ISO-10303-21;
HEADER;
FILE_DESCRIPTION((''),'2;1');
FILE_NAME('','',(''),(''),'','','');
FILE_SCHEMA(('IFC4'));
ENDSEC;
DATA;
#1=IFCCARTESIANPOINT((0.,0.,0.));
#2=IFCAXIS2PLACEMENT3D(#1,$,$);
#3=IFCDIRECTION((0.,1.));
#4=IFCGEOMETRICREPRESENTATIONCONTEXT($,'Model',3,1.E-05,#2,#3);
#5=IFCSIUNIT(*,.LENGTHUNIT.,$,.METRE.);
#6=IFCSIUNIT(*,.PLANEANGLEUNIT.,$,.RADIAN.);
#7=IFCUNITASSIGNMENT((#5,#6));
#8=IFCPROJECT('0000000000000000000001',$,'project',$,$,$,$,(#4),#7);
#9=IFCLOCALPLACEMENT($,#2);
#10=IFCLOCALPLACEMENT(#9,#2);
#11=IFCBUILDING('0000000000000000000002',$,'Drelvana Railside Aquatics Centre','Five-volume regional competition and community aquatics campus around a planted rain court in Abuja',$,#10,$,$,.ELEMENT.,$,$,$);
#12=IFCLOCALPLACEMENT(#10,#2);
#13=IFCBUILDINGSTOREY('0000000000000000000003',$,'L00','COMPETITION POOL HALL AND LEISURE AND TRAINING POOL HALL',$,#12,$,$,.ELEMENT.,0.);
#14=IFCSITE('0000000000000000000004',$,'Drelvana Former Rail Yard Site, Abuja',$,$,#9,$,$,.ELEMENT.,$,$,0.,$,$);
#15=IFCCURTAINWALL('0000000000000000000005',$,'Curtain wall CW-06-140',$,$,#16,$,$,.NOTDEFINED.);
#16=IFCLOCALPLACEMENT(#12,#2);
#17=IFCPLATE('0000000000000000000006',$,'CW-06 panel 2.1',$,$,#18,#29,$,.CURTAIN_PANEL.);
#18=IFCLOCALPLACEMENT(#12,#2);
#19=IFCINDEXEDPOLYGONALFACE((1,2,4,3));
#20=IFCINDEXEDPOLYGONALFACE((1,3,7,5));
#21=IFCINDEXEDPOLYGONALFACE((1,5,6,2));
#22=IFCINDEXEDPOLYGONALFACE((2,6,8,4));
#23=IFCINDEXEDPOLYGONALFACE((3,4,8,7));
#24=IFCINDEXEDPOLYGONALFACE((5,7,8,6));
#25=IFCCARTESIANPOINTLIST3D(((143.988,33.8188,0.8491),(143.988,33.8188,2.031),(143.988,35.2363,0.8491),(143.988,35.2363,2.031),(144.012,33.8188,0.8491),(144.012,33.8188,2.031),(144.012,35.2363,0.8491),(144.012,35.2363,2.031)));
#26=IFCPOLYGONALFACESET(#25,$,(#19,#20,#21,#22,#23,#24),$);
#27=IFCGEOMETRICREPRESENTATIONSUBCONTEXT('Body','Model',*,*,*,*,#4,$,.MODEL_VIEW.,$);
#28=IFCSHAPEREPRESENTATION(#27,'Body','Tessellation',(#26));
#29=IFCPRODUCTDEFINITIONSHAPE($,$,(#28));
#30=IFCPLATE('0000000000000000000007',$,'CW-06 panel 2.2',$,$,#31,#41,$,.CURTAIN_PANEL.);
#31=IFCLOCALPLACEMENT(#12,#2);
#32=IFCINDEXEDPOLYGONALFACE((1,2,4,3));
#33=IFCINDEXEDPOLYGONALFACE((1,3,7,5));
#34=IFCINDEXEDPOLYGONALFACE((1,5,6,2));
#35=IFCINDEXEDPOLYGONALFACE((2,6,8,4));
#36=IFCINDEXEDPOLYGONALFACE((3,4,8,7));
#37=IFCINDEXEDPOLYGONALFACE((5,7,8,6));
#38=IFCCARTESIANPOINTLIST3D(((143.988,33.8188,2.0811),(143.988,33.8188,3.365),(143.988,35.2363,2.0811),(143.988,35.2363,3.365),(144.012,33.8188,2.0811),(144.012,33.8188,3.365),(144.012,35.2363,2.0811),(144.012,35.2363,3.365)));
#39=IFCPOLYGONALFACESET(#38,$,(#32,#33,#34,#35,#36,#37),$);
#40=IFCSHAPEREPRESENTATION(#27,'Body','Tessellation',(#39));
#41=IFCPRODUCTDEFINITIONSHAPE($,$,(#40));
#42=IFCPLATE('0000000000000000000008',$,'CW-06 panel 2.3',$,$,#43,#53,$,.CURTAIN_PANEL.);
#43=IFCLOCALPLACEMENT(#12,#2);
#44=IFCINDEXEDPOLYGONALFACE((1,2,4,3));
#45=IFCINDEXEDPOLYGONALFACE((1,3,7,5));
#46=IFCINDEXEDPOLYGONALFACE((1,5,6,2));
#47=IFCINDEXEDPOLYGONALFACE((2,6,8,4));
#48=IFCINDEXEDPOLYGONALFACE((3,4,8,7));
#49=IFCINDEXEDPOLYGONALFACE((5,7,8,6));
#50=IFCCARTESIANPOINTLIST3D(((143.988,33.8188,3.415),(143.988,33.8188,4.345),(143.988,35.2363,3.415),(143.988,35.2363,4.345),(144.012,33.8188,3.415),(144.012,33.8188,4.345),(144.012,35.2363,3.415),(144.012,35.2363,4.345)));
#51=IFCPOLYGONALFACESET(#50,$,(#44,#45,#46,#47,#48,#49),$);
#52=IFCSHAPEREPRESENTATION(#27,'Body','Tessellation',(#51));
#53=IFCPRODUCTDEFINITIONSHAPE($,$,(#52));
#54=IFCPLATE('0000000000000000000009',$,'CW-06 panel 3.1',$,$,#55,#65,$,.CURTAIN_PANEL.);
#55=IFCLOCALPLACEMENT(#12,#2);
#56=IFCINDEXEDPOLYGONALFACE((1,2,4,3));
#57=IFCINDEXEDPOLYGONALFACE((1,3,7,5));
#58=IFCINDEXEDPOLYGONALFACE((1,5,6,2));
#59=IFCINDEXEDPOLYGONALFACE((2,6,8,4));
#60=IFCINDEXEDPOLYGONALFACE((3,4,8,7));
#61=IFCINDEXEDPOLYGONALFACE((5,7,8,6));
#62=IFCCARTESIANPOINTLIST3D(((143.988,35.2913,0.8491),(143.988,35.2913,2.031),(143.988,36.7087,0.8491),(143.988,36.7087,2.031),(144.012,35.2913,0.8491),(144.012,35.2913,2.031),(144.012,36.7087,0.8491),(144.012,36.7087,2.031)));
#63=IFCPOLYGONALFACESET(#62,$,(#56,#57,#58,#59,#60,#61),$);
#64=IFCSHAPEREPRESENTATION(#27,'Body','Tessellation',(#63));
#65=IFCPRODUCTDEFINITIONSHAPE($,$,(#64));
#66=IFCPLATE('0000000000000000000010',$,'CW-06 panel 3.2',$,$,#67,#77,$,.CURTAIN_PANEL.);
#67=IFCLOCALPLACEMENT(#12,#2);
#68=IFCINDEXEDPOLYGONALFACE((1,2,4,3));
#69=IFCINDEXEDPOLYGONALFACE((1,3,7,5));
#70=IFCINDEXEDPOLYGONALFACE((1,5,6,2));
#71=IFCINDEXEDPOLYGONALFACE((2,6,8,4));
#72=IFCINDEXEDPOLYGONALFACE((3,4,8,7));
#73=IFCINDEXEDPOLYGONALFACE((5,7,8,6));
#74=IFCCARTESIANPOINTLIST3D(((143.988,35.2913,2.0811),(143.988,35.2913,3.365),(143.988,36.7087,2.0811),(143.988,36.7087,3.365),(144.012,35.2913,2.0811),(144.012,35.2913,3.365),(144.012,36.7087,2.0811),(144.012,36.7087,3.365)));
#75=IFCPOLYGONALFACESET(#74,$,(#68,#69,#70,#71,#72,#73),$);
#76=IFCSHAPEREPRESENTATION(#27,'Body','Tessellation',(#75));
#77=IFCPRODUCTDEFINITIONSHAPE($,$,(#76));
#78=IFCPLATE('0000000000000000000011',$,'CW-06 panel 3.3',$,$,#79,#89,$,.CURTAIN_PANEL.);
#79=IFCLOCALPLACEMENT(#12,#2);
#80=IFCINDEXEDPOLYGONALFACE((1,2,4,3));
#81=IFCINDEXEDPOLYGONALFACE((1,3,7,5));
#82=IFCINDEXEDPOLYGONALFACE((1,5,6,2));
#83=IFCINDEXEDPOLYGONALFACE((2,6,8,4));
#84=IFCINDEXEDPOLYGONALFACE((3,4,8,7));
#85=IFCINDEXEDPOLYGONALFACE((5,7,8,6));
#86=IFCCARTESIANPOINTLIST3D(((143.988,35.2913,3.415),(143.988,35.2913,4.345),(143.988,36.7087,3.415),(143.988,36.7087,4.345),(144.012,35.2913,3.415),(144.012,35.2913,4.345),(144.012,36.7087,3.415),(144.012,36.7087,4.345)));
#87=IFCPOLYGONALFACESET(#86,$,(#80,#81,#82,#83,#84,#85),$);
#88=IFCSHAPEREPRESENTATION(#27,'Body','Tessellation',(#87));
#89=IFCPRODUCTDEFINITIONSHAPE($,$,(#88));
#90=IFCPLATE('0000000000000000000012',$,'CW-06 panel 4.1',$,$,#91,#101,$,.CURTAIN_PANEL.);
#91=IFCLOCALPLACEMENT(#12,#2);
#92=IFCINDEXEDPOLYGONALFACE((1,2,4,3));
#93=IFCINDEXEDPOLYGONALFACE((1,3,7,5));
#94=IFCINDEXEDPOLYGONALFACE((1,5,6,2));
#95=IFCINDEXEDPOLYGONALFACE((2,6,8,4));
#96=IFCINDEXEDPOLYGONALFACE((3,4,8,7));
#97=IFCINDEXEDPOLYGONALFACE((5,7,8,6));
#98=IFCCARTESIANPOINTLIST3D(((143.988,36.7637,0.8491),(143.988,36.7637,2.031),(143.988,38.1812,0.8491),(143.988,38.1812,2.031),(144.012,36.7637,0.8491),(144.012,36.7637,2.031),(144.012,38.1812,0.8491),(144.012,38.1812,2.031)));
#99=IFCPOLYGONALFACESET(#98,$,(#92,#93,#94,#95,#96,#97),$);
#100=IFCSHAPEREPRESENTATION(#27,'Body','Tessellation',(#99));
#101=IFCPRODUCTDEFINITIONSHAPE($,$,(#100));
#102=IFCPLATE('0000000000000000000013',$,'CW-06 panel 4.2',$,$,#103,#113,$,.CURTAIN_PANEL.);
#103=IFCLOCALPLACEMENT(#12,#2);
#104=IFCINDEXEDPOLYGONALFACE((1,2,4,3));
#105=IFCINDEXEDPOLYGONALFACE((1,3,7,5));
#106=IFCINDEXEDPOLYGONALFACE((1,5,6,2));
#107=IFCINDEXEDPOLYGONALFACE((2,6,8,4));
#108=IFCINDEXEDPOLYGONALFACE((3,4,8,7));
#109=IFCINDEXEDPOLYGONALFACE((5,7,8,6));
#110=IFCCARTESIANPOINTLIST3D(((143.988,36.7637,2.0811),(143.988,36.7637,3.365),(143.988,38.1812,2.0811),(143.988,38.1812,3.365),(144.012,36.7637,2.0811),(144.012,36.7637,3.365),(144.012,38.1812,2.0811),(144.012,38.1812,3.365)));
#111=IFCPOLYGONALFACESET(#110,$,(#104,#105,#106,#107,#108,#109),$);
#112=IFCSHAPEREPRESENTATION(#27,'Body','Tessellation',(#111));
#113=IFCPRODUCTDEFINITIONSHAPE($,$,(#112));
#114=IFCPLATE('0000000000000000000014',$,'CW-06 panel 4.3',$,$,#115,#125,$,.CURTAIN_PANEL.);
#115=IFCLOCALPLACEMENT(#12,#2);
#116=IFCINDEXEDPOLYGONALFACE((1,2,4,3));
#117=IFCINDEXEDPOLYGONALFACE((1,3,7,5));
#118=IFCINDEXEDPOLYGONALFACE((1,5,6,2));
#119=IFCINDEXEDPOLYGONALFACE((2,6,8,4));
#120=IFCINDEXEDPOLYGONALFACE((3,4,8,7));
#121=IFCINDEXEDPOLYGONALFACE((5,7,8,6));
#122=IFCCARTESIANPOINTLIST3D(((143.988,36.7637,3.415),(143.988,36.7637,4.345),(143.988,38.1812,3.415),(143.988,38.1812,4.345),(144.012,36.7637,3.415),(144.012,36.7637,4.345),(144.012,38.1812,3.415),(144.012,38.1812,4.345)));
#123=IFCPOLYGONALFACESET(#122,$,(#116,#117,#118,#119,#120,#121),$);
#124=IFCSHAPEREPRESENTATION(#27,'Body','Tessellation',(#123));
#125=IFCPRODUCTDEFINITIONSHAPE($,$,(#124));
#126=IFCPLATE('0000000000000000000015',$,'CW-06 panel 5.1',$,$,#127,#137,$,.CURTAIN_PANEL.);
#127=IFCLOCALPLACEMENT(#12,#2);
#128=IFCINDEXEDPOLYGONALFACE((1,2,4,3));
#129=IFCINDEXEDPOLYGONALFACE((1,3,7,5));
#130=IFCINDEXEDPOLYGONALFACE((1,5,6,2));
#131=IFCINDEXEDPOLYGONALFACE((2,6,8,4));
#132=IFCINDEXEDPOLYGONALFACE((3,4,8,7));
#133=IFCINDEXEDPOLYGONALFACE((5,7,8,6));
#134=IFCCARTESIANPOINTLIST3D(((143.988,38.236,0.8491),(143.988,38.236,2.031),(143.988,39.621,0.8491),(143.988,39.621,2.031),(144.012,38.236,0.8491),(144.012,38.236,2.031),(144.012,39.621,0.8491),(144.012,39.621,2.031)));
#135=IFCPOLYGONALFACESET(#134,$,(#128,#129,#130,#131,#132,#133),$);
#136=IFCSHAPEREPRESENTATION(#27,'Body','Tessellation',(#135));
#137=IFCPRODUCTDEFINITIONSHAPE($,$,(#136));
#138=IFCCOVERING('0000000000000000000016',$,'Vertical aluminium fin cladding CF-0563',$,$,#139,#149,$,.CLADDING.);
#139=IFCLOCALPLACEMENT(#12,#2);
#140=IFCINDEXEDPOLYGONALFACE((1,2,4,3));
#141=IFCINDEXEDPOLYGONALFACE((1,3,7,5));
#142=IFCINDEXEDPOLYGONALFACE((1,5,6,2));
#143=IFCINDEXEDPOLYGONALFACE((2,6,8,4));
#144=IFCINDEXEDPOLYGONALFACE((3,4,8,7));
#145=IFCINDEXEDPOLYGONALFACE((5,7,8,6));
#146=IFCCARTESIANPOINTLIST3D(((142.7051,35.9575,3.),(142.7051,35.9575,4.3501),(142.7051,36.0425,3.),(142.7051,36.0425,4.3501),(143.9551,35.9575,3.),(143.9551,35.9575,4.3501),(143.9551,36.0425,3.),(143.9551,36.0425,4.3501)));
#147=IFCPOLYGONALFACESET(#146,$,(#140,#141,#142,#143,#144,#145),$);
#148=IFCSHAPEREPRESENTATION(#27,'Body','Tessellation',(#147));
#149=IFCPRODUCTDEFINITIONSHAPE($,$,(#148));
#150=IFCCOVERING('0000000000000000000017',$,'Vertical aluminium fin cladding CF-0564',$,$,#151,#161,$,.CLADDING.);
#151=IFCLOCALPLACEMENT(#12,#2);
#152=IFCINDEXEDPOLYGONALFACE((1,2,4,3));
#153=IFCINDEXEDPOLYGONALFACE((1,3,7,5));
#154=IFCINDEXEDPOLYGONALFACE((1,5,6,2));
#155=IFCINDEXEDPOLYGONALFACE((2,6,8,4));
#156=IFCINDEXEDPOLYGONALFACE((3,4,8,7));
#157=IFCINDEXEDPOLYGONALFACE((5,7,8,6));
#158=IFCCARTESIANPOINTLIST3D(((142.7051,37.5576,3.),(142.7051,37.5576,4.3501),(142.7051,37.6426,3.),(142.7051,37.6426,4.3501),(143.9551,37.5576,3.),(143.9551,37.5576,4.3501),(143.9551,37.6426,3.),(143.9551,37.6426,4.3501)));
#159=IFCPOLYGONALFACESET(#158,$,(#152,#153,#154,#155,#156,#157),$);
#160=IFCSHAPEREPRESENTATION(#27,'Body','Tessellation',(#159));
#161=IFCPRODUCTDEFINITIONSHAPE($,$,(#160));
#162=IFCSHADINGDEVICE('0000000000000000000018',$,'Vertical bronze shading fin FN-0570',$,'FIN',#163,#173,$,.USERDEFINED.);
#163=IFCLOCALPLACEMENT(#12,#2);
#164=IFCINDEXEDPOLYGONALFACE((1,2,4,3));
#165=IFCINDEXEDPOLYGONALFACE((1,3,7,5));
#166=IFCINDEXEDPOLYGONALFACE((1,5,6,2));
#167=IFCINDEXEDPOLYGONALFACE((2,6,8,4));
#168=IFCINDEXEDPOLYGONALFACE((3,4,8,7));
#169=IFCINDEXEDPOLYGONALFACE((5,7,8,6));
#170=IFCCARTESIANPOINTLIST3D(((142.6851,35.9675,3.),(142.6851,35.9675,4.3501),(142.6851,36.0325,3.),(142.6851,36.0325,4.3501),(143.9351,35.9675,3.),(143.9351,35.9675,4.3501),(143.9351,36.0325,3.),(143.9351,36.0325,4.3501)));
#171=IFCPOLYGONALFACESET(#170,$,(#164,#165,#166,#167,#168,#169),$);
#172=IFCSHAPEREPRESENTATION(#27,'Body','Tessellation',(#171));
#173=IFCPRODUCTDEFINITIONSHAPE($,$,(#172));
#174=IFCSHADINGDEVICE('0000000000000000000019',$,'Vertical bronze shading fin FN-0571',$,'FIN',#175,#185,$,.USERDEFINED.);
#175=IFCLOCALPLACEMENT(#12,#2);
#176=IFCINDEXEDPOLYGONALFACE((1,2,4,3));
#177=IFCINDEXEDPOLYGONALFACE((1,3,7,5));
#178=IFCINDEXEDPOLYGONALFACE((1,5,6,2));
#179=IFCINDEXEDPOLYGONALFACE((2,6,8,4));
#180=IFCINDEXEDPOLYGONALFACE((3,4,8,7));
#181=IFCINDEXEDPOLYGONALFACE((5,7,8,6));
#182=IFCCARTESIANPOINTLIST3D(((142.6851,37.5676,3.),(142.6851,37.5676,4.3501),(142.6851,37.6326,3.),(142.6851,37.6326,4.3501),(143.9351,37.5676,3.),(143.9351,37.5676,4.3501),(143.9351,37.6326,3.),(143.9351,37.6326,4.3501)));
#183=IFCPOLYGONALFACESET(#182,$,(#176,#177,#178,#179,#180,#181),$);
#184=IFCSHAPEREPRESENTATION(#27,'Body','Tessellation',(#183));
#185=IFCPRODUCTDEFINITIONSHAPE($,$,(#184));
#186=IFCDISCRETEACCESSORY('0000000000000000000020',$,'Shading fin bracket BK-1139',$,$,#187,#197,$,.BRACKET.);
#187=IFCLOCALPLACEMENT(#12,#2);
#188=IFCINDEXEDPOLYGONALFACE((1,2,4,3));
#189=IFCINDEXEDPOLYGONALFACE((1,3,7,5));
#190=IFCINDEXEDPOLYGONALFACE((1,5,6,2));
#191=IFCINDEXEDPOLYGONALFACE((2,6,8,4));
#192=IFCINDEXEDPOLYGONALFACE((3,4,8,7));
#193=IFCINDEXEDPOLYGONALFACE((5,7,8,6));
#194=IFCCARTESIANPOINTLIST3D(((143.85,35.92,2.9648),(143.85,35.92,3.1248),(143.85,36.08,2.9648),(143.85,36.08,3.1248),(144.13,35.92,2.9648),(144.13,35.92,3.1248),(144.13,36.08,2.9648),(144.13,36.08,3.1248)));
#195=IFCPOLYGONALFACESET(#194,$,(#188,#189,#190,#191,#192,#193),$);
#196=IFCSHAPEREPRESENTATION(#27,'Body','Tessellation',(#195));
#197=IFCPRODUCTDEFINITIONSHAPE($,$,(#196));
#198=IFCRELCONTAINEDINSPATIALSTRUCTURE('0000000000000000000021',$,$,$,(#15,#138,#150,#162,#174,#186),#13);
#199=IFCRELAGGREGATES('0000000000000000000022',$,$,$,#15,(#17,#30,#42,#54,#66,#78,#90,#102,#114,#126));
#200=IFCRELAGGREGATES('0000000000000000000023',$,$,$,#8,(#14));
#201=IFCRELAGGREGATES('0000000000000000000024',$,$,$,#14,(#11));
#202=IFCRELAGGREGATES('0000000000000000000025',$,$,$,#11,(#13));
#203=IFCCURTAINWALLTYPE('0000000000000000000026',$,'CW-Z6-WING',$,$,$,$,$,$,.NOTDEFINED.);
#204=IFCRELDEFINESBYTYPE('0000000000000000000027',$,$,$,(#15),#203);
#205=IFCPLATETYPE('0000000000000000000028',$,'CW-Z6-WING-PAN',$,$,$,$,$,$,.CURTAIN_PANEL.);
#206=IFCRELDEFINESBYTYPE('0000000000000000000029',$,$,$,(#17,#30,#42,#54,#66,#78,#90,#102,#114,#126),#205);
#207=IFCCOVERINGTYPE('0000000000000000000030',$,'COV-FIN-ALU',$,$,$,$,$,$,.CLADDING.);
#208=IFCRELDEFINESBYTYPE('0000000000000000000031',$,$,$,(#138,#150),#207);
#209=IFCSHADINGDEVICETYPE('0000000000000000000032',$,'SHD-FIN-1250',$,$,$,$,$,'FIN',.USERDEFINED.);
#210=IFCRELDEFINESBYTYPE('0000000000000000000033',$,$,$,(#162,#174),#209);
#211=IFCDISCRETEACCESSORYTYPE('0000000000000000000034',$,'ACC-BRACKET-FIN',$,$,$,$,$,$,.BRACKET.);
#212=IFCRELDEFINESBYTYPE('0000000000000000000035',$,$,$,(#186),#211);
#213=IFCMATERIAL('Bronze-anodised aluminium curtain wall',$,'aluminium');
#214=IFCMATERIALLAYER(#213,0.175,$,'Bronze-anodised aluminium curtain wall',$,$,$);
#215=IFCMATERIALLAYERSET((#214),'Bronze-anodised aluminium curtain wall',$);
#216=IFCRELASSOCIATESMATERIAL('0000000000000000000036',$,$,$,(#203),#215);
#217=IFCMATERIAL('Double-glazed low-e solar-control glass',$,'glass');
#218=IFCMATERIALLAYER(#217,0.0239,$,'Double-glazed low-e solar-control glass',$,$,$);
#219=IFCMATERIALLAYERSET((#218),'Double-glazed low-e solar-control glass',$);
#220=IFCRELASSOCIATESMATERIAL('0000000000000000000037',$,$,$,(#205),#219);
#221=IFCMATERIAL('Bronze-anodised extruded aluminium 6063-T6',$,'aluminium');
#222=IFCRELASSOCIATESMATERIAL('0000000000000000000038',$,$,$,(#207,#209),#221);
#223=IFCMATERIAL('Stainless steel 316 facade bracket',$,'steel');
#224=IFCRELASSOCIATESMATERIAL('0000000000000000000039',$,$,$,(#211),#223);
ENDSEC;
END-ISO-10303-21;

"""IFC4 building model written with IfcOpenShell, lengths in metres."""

from ifc_helpers import new_model, si_unit, direction, frame, origin, origin_2d, place, context, subcontext, project, spatial, rectangle, extrude, material, layer, layer_set, type_object, element, aggregate, save


model = new_model("IFC4")

# Units and contexts
model_context = context("Model", 3, precision=1e-05, world=origin(), true_north=direction((0.0, 1.0)))
body_context = subcontext(model_context, "Body", "Model", "MODEL_VIEW")
ifc_project = project(units=[si_unit("LENGTHUNIT", "METRE"), si_unit("PLANEANGLEUNIT", "RADIAN")], contexts=[model_context])

# Site, building, storey
site_placement = place(None, origin())
site = spatial("IfcSite", under=ifc_project, at=site_placement, Name="Drelvana Former Rail Yard Site, Abuja", CompositionType="ELEMENT", RefElevation=0.0)
building_placement = place(site_placement, origin())
building = spatial("IfcBuilding", under=site, at=building_placement, Name="Drelvana Railside Aquatics Centre", Description="Five-volume regional competition and community aquatics campus around a planted rain court in Abuja", CompositionType="ELEMENT")
storey_placement = place(building_placement, origin())
storey = spatial("IfcBuildingStorey", under=building, at=storey_placement, Name="L00", Description="COMPETITION POOL HALL AND LEISURE AND TRAINING POOL HALL", CompositionType="ELEMENT", Elevation=0.0)

# Curtain wall, plates
ifc_material_1 = material(Name="Bronze-anodised aluminium curtain wall", Category="aluminium")
ifc_layer_1 = layer(ifc_material_1, 0.175, Name="Bronze-anodised aluminium curtain wall")
ifc_layer_set_1 = layer_set([ifc_layer_1], Name="Bronze-anodised aluminium curtain wall")
curtain_wall_type = type_object("IfcCurtainWallType", Name="CW-Z6-WING", PredefinedType="NOTDEFINED", material=ifc_layer_set_1)
curtain_wall_placement = place(storey_placement, origin())
curtain_wall = element("IfcCurtainWall", 1, at=curtain_wall_placement, inside=storey, type_object=curtain_wall_type, Name="Curtain wall CW-06-140", PredefinedType="NOTDEFINED")
ifc_material_2 = material(Name="Double-glazed low-e solar-control glass", Category="glass")
ifc_layer_2 = layer(ifc_material_2, 0.0239, Name="Double-glazed low-e solar-control glass")
ifc_layer_set_2 = layer_set([ifc_layer_2], Name="Double-glazed low-e solar-control glass")
plate_type = type_object("IfcPlateType", Name="CW-Z6-WING-PAN", PredefinedType="CURTAIN_PANEL", material=ifc_layer_set_2)
plate_1_placement = place(storey_placement, frame((144.0, 34.5276, 0.8491), z_axis=(0.0, 0.0, 1.0), x_axis=(0.0, 1.0, 0.0)))
plate_1 = element("IfcPlate", 2, at=plate_1_placement, type_object=plate_type, Name="CW-06 panel 2.1", PredefinedType="CURTAIN_PANEL", context=body_context, shape_type="SweptSolid", body=[
    extrude(rectangle(XDim=1.4175, YDim=0.0239, at=origin_2d()), origin(), (0.0, 0.0, 1.0), 1.1819),
])
plate_2_placement = place(storey_placement, frame((144.0, 34.5276, 2.0811), z_axis=(0.0, 0.0, 1.0), x_axis=(0.0, 1.0, 0.0)))
plate_2 = element("IfcPlate", 3, at=plate_2_placement, type_object=plate_type, Name="CW-06 panel 2.2", PredefinedType="CURTAIN_PANEL", context=body_context, shape_type="SweptSolid", body=[
    extrude(rectangle(XDim=1.4175, YDim=0.0239, at=origin_2d()), origin(), (0.0, 0.0, 1.0), 1.2839),
])
plate_3_placement = place(storey_placement, frame((144.0, 34.5276, 3.415), z_axis=(0.0, 0.0, 1.0), x_axis=(0.0, 1.0, 0.0)))
plate_3 = element("IfcPlate", 4, at=plate_3_placement, type_object=plate_type, Name="CW-06 panel 2.3", PredefinedType="CURTAIN_PANEL", context=body_context, shape_type="SweptSolid", body=[
    extrude(rectangle(XDim=1.4175, YDim=0.0239, at=origin_2d()), origin(), (0.0, 0.0, 1.0), 0.9299),
])
plate_4_placement = place(storey_placement, frame((144.0, 36.0, 0.8491), z_axis=(0.0, 0.0, 1.0), x_axis=(0.0, 1.0, 0.0)))
plate_4 = element("IfcPlate", 5, at=plate_4_placement, type_object=plate_type, Name="CW-06 panel 3.1", PredefinedType="CURTAIN_PANEL", context=body_context, shape_type="SweptSolid", body=[
    extrude(rectangle(XDim=1.4175, YDim=0.0239, at=origin_2d()), origin(), (0.0, 0.0, 1.0), 1.1819),
])
plate_5_placement = place(storey_placement, frame((144.0, 36.0, 2.0811), z_axis=(0.0, 0.0, 1.0), x_axis=(0.0, 1.0, 0.0)))
plate_5 = element("IfcPlate", 6, at=plate_5_placement, type_object=plate_type, Name="CW-06 panel 3.2", PredefinedType="CURTAIN_PANEL", context=body_context, shape_type="SweptSolid", body=[
    extrude(rectangle(XDim=1.4175, YDim=0.0239, at=origin_2d()), origin(), (0.0, 0.0, 1.0), 1.2839),
])
plate_6_placement = place(storey_placement, frame((144.0, 36.0, 3.415), z_axis=(0.0, 0.0, 1.0), x_axis=(0.0, 1.0, 0.0)))
plate_6 = element("IfcPlate", 7, at=plate_6_placement, type_object=plate_type, Name="CW-06 panel 3.3", PredefinedType="CURTAIN_PANEL", context=body_context, shape_type="SweptSolid", body=[
    extrude(rectangle(XDim=1.4175, YDim=0.0239, at=origin_2d()), origin(), (0.0, 0.0, 1.0), 0.9299),
])
plate_7_placement = place(storey_placement, frame((144.0, 37.4724, 0.8491), z_axis=(0.0, 0.0, 1.0), x_axis=(0.0, 1.0, 0.0)))
plate_7 = element("IfcPlate", 8, at=plate_7_placement, type_object=plate_type, Name="CW-06 panel 4.1", PredefinedType="CURTAIN_PANEL", context=body_context, shape_type="SweptSolid", body=[
    extrude(rectangle(XDim=1.4175, YDim=0.0239, at=origin_2d()), origin(), (0.0, 0.0, 1.0), 1.1819),
])
plate_8_placement = place(storey_placement, frame((144.0, 37.4724, 2.0811), z_axis=(0.0, 0.0, 1.0), x_axis=(0.0, 1.0, 0.0)))
plate_8 = element("IfcPlate", 9, at=plate_8_placement, type_object=plate_type, Name="CW-06 panel 4.2", PredefinedType="CURTAIN_PANEL", context=body_context, shape_type="SweptSolid", body=[
    extrude(rectangle(XDim=1.4175, YDim=0.0239, at=origin_2d()), origin(), (0.0, 0.0, 1.0), 1.2839),
])
plate_9_placement = place(storey_placement, frame((144.0, 37.4724, 3.415), z_axis=(0.0, 0.0, 1.0), x_axis=(0.0, 1.0, 0.0)))
plate_9 = element("IfcPlate", 10, at=plate_9_placement, type_object=plate_type, Name="CW-06 panel 4.3", PredefinedType="CURTAIN_PANEL", context=body_context, shape_type="SweptSolid", body=[
    extrude(rectangle(XDim=1.4175, YDim=0.0239, at=origin_2d()), origin(), (0.0, 0.0, 1.0), 0.9299),
])
plate_10_placement = place(storey_placement, frame((144.0, 38.9285, 0.8491), z_axis=(0.0, 0.0, 1.0), x_axis=(0.0, 1.0, 0.0)))
plate_10 = element("IfcPlate", 11, at=plate_10_placement, type_object=plate_type, Name="CW-06 panel 5.1", PredefinedType="CURTAIN_PANEL", context=body_context, shape_type="SweptSolid", body=[
    extrude(rectangle(XDim=1.385, YDim=0.0239, at=origin_2d()), origin(), (0.0, 0.0, 1.0), 1.1819),
])
aggregate(curtain_wall, [plate_1, plate_2, plate_3, plate_4, plate_5, plate_6, plate_7, plate_8, plate_9, plate_10])

# Coverings
ifc_material_3 = material(Name="Bronze-anodised extruded aluminium 6063-T6", Category="aluminium")
covering_type = type_object("IfcCoveringType", Name="COV-FIN-ALU", PredefinedType="CLADDING", material=ifc_material_3)
for number, where, z_axis, x_axis, name in (
    (12, (143.3301, 36.0, 3.0), (0.0, 0.0, 1.0), (0.0, 1.0, 0.0), "Vertical aluminium fin cladding CF-0563"),
    (13, (143.3301, 37.6001, 3.0), (0.0, 0.0, 1.0), (0.0, 1.0, 0.0), "Vertical aluminium fin cladding CF-0564"),
):
    element("IfcCovering", number, at=place(storey_placement, frame(where, z_axis=z_axis, x_axis=x_axis)), inside=storey, type_object=covering_type, Name=name, PredefinedType="CLADDING", context=body_context, shape_type="SweptSolid", body=[
        extrude(rectangle(XDim=0.085, YDim=1.25, at=origin_2d()), origin(), (0.0, 0.0, 1.0), 1.3501),
    ])

# Shading devices
shading_device_type = type_object("IfcShadingDeviceType", Name="SHD-FIN-1250", ElementType="FIN", PredefinedType="USERDEFINED", material=ifc_material_3)
for number, where, z_axis, x_axis, name in (
    (14, (143.3101, 36.0, 3.0), (0.0, 0.0, 1.0), (-1.0, 0.0, 0.0), "Vertical bronze shading fin FN-0570"),
    (15, (143.3101, 37.6001, 3.0), (0.0, 0.0, 1.0), (-1.0, 0.0, 0.0), "Vertical bronze shading fin FN-0571"),
):
    element("IfcShadingDevice", number, at=place(storey_placement, frame(where, z_axis=z_axis, x_axis=x_axis)), inside=storey, type_object=shading_device_type, Name=name, ObjectType="FIN", PredefinedType="USERDEFINED", context=body_context, shape_type="SweptSolid", body=[
        extrude(rectangle(XDim=1.25, YDim=0.0649, at=origin_2d()), origin(), (0.0, 0.0, 1.0), 1.3501),
    ])

# Discrete accessory
ifc_material_4 = material(Name="Stainless steel 316 facade bracket", Category="steel")
discrete_accessory_type = type_object("IfcDiscreteAccessoryType", Name="ACC-BRACKET-FIN", PredefinedType="BRACKET", material=ifc_material_4)
for number, where, z_axis, x_axis, name in (
    (16, (143.99, 36.0, 2.9648), (0.0, 0.0, 1.0), (-1.0, 0.0, 0.0), "Shading fin bracket BK-1139"),
):
    element("IfcDiscreteAccessory", number, at=place(storey_placement, frame(where, z_axis=z_axis, x_axis=x_axis)), inside=storey, type_object=discrete_accessory_type, Name=name, PredefinedType="BRACKET", context=body_context, shape_type="SweptSolid", body=[
        extrude(rectangle(XDim=0.28, YDim=0.1599, at=origin_2d()), origin(), (0.0, 0.0, 1.0), 0.1599),
    ])

save(model, "model.ifc")
